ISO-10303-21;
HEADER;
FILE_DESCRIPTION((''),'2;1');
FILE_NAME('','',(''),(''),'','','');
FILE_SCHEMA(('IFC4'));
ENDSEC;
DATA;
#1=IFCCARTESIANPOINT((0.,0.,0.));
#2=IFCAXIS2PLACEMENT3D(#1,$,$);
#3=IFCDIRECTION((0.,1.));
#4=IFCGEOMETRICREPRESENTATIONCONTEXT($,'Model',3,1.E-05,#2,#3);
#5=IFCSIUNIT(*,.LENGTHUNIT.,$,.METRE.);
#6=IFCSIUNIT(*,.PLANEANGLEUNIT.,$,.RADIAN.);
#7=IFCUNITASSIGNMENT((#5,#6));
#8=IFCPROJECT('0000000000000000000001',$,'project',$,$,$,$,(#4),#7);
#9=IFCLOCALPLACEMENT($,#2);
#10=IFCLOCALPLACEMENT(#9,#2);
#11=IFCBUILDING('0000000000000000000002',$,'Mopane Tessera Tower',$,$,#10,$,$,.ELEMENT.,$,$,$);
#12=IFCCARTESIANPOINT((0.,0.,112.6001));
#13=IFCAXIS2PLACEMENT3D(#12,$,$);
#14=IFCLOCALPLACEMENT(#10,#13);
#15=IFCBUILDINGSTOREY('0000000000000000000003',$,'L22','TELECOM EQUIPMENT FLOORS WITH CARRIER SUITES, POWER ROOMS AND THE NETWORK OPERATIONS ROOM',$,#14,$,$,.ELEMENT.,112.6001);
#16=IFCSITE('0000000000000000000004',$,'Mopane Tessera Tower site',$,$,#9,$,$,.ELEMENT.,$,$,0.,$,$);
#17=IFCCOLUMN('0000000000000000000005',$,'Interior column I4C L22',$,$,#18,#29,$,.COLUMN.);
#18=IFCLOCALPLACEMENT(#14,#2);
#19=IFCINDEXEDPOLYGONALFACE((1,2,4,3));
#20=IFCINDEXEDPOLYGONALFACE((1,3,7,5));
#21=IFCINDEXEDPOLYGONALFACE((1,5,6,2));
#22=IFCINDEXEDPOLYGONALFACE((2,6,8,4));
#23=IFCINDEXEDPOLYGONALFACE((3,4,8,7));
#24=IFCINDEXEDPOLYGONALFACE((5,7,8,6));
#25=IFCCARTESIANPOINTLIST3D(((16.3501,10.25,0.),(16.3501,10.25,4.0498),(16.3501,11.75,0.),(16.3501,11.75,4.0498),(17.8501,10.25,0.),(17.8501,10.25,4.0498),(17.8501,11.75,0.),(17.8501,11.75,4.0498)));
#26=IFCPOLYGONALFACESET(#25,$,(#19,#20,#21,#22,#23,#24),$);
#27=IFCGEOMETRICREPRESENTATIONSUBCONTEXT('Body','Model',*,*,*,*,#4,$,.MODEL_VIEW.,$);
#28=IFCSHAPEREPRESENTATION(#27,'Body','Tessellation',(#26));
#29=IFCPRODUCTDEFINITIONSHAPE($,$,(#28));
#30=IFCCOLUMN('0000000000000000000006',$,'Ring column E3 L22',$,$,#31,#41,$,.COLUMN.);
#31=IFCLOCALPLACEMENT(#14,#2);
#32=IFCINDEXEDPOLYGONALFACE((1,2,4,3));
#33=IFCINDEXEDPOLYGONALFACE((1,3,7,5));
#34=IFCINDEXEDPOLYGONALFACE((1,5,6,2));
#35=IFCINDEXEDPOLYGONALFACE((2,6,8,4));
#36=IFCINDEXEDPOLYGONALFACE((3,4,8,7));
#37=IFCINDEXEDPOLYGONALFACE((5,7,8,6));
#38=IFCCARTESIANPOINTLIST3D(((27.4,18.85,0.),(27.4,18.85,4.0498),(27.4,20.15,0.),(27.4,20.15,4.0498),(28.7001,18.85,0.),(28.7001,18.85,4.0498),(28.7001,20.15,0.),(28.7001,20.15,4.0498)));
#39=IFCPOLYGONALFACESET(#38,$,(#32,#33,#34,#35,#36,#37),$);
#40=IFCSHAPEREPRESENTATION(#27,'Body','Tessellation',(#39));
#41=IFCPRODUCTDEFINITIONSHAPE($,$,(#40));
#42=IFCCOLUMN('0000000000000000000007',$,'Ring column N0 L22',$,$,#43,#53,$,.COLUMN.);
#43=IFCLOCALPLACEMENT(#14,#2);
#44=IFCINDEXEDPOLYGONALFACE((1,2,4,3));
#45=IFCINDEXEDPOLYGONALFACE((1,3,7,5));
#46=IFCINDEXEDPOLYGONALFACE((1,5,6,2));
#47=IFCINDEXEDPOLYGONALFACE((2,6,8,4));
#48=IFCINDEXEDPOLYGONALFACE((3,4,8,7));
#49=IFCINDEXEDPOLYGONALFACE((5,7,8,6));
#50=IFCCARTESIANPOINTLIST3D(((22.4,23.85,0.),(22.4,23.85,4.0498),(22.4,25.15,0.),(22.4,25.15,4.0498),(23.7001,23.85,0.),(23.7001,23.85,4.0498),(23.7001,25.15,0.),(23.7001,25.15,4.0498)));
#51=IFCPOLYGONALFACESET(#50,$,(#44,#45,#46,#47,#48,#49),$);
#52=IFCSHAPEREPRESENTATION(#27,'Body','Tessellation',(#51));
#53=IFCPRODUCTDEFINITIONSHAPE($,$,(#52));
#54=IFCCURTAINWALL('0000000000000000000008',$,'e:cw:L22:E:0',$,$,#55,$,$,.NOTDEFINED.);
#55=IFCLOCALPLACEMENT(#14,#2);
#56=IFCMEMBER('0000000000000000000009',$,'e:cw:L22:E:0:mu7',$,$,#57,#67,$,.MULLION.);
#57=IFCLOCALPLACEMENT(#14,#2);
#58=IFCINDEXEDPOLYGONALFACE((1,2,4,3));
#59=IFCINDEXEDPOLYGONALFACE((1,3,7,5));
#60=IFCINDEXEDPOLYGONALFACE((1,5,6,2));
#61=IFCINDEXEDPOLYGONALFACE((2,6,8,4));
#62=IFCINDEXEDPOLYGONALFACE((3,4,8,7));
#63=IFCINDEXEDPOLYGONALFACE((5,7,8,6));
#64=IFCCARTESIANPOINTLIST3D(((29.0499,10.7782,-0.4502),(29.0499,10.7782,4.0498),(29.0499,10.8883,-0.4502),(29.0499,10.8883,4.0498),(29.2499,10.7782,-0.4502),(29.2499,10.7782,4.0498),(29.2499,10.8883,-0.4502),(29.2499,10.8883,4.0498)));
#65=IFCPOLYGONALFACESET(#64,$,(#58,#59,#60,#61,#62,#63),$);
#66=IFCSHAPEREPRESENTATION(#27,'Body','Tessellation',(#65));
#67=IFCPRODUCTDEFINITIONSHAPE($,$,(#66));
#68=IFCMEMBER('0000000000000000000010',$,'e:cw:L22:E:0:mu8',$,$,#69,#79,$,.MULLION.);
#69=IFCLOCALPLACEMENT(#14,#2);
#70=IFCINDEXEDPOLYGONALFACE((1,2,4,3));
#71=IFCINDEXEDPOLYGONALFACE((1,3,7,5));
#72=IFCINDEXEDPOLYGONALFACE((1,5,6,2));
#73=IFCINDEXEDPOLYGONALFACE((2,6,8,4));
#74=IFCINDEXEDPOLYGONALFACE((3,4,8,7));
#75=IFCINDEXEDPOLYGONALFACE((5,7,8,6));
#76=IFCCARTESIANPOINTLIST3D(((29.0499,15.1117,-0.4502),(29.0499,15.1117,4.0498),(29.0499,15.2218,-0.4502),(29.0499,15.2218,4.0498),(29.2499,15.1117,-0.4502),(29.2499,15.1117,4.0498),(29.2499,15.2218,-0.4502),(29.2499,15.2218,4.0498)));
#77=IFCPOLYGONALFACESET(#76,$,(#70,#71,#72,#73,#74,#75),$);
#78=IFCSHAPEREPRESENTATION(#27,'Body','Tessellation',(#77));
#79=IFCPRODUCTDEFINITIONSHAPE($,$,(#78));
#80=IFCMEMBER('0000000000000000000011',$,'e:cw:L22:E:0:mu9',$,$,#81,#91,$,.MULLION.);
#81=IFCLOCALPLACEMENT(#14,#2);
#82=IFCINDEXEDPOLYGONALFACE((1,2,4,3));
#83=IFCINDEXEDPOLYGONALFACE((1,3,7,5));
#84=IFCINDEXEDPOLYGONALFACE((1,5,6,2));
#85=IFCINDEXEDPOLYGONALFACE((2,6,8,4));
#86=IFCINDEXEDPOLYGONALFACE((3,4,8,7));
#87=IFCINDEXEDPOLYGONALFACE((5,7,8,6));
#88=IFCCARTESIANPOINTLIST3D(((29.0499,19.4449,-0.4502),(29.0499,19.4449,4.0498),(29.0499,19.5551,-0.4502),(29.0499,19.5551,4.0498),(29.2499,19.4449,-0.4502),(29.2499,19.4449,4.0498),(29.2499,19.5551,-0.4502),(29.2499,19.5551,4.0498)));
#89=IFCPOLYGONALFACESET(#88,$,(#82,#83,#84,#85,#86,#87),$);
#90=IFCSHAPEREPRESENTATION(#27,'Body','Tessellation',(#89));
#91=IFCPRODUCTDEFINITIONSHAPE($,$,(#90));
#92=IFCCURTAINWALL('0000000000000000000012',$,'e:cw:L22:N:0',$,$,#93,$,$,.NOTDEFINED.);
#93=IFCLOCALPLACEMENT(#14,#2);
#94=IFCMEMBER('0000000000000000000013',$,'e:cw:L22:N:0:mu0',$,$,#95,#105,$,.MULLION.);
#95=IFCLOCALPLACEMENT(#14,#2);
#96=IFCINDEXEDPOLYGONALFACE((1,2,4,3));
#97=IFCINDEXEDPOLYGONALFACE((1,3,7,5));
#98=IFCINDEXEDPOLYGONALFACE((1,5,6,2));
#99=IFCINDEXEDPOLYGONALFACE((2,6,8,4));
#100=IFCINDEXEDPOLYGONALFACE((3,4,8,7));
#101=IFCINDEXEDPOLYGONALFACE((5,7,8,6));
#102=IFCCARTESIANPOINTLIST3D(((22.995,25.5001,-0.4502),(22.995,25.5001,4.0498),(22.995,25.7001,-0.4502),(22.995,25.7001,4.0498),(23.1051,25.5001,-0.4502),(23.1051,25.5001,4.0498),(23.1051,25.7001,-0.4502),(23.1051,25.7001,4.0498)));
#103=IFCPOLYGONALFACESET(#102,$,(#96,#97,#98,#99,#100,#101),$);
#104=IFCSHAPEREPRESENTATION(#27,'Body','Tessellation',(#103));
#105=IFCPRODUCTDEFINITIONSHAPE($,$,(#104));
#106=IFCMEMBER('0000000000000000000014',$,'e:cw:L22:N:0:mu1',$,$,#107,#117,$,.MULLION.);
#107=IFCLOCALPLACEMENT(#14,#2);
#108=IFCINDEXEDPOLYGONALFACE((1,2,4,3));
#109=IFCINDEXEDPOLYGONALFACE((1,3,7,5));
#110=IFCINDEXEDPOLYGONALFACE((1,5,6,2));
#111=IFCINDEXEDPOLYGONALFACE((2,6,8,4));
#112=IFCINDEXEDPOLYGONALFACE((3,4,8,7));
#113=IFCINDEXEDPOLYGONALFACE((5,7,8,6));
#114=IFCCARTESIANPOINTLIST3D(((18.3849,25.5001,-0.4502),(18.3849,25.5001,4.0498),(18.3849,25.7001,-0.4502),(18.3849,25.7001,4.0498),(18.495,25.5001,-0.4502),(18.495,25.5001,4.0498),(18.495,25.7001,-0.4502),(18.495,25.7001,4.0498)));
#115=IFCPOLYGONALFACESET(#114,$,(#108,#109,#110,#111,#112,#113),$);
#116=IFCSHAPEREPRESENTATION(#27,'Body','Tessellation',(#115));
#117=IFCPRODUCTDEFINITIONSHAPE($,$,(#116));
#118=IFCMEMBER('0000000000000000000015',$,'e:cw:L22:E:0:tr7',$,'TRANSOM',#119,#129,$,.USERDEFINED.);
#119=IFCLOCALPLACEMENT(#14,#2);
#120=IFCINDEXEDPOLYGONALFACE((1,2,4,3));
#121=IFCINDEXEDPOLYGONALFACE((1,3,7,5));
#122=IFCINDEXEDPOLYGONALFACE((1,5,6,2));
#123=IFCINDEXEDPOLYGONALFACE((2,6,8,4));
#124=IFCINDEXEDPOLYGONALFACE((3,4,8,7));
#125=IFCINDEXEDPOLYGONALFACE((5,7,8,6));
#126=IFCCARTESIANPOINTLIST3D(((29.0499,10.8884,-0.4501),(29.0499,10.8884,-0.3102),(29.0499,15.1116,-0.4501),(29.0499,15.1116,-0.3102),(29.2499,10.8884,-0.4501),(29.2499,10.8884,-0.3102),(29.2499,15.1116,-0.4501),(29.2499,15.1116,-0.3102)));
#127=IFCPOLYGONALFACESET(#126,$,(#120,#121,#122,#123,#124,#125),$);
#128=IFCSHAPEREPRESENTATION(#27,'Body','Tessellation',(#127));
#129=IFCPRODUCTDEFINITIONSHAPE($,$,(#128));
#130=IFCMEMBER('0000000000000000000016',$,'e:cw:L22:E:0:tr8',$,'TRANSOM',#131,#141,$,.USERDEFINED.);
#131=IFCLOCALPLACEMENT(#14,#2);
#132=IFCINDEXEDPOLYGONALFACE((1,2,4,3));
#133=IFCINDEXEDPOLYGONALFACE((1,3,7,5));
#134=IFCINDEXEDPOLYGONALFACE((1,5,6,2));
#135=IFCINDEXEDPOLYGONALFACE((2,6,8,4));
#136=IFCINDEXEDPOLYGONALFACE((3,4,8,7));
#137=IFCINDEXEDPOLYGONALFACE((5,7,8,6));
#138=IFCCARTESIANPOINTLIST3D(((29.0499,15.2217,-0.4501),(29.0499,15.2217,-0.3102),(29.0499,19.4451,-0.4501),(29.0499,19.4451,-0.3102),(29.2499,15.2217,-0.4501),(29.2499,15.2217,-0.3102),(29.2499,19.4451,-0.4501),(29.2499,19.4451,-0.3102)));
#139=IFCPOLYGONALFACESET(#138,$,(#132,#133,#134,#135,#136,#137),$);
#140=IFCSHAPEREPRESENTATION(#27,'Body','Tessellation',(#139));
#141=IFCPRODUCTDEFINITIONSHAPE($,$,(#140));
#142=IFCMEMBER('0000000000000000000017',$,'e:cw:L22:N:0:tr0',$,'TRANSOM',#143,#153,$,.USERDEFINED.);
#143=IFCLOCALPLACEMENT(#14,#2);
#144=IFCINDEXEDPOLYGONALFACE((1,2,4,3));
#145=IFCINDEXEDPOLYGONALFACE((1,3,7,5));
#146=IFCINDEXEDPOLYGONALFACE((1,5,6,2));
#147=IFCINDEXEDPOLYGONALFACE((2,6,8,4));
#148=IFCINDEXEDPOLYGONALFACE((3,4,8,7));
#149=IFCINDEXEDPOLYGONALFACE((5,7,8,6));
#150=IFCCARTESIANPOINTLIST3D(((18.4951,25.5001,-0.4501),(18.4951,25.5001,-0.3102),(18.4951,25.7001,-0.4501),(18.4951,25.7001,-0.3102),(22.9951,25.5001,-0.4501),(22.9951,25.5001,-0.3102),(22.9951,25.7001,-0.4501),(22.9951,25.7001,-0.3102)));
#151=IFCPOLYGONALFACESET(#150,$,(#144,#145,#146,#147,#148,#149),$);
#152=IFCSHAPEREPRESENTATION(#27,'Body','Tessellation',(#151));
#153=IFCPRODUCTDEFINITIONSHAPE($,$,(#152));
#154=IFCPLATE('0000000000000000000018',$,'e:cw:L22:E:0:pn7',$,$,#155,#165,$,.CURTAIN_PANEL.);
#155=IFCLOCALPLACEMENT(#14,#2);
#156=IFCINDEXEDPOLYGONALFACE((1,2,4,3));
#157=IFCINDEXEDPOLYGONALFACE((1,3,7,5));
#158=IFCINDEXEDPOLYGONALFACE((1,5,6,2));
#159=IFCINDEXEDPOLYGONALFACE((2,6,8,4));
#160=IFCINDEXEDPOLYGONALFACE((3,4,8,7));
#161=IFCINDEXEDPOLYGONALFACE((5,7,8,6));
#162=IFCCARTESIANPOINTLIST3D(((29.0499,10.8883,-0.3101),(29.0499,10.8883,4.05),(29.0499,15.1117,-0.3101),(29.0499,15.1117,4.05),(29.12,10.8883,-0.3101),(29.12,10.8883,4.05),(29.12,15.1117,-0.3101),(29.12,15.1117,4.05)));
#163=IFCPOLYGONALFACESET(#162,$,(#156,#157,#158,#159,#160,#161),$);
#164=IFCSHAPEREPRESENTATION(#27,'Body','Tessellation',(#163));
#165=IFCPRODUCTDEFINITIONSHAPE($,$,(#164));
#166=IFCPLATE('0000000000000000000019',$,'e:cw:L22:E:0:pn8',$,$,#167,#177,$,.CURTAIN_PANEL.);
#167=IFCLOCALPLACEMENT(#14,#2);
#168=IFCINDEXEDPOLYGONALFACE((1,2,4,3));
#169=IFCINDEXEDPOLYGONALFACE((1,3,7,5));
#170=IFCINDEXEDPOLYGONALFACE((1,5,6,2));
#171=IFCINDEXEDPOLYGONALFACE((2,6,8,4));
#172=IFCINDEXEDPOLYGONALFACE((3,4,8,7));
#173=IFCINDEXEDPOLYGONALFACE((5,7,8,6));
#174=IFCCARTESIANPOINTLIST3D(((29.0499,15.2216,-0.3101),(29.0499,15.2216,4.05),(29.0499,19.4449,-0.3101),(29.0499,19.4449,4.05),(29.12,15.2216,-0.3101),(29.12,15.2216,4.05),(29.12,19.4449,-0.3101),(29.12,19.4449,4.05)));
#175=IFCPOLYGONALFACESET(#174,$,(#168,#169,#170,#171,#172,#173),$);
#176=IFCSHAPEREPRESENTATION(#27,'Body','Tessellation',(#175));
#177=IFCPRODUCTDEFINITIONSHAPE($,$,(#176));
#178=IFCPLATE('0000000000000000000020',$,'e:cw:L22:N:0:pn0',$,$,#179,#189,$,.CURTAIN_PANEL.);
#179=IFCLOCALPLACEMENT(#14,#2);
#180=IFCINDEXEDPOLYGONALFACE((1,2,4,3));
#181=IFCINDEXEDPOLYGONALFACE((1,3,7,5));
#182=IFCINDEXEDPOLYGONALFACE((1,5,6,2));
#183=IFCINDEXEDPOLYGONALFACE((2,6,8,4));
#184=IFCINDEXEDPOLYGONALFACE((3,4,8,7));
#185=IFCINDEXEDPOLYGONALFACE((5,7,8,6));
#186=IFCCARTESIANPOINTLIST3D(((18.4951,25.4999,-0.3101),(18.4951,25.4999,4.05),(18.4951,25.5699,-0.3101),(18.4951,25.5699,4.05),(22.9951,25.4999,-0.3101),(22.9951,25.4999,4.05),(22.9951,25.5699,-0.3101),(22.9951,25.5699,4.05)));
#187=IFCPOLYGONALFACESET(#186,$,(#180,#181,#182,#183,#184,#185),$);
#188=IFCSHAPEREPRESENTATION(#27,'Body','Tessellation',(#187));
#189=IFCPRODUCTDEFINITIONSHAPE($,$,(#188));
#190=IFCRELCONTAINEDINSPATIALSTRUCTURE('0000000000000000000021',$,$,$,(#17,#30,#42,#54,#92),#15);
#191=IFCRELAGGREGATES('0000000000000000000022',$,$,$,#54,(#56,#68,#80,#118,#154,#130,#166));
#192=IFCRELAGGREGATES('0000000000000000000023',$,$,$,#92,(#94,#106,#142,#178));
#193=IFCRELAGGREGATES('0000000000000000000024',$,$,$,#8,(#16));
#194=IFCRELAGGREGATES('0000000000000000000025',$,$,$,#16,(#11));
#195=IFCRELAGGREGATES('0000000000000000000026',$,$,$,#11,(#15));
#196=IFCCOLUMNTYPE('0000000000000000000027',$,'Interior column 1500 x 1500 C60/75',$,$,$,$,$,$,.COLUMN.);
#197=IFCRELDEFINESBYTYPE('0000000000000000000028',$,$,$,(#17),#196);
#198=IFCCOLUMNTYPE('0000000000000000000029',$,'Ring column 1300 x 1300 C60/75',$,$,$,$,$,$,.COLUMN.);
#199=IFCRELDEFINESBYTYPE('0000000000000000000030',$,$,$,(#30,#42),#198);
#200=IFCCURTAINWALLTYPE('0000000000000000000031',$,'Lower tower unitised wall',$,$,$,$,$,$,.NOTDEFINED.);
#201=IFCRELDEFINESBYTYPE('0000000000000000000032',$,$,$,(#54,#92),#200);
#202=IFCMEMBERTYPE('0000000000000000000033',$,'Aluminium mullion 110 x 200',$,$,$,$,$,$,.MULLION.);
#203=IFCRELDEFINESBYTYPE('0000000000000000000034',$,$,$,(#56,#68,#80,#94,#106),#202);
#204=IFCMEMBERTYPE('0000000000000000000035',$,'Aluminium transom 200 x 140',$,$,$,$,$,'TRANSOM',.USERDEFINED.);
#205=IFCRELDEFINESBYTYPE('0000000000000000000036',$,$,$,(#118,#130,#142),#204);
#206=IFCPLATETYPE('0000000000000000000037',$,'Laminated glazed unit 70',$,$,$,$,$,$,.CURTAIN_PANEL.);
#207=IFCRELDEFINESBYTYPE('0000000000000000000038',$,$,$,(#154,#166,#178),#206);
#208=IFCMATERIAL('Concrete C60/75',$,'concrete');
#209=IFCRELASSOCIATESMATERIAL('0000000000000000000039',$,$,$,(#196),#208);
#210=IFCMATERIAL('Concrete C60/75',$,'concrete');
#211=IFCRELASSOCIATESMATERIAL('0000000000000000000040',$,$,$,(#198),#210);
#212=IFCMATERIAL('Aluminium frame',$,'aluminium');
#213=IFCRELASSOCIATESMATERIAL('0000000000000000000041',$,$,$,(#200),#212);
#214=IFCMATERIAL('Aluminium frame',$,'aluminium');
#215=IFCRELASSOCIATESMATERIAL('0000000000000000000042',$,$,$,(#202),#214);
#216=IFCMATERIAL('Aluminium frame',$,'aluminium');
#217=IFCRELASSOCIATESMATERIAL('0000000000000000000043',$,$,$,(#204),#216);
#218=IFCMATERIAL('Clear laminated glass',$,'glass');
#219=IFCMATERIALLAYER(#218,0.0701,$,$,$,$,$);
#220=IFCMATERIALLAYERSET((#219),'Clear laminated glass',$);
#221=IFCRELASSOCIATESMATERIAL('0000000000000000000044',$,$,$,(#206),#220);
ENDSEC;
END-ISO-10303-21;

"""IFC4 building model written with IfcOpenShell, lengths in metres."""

from ifc_helpers import new_model, si_unit, direction, frame, origin, origin_2d, place, context, subcontext, project, spatial, rectangle, extrude, material, layer, layer_set, material_profile, profile_set, type_object, element, aggregate, save


model = new_model("IFC4")

# Units and contexts
model_context = context("Model", 3, precision=1e-05, world=origin(), true_north=direction((0.0, 1.0)))
body_context = subcontext(model_context, "Body", "Model", "MODEL_VIEW")
ifc_project = project(units=[si_unit("LENGTHUNIT", "METRE"), si_unit("PLANEANGLEUNIT", "RADIAN")], contexts=[model_context])

# Site, building, storey
site_placement = place(None, origin())
site = spatial("IfcSite", under=ifc_project, at=site_placement, Name="Mopane Tessera Tower site", CompositionType="ELEMENT", RefElevation=0.0)
building_placement = place(site_placement, origin())
building = spatial("IfcBuilding", under=site, at=building_placement, Name="Mopane Tessera Tower", CompositionType="ELEMENT")
storey_placement = place(building_placement, frame((0.0, 0.0, 112.6001)))
storey = spatial("IfcBuildingStorey", under=building, at=storey_placement, Name="L22", Description="TELECOM EQUIPMENT FLOORS WITH CARRIER SUITES, POWER ROOMS AND THE NETWORK OPERATIONS ROOM", CompositionType="ELEMENT", Elevation=112.6001)

# Columns
ifc_material_1 = material(Name="Concrete C60/75", Category="concrete")
ifc_material_profile_1 = material_profile(ifc_material_1, rectangle(XDim=1.5, YDim=1.5, at=origin_2d()))
ifc_profile_set_1 = profile_set([ifc_material_profile_1], Name="Concrete C60/75")
column_type_1 = type_object("IfcColumnType", Name="Interior column 1500 x 1500 C60/75", PredefinedType="COLUMN", material=ifc_profile_set_1)
column_placement = place(storey_placement, frame((17.1001, 11.0, 0.0), z_axis=(0.0, 0.0, 1.0), x_axis=(1.0, 0.0, 0.0)))
element("IfcColumn", 1, at=column_placement, inside=storey, type_object=column_type_1, Name="Interior column I4C L22", PredefinedType="COLUMN", context=body_context, shape_type="SweptSolid", body=[
    extrude(rectangle(XDim=1.5, YDim=1.5, at=origin_2d()), origin(), (0.0, 0.0, 1.0), 4.0498),
])
ifc_material_2 = material(Name="Concrete C60/75", Category="concrete")
ifc_material_profile_2 = material_profile(ifc_material_2, rectangle(XDim=1.3, YDim=1.3, at=origin_2d()))
ifc_profile_set_2 = profile_set([ifc_material_profile_2], Name="Concrete C60/75")
column_type_2 = type_object("IfcColumnType", Name="Ring column 1300 x 1300 C60/75", PredefinedType="COLUMN", material=ifc_profile_set_2)
for number, where, z_axis, x_axis, name in (
    (2, (28.05, 19.5, 0.0), (0.0, 0.0, 1.0), (1.0, 0.0, 0.0), "Ring column E3 L22"),
    (3, (23.05, 24.5, 0.0), (0.0, 0.0, 1.0), (1.0, 0.0, 0.0), "Ring column N0 L22"),
):
    element("IfcColumn", number, at=place(storey_placement, frame(where, z_axis=z_axis, x_axis=x_axis)), inside=storey, type_object=column_type_2, Name=name, PredefinedType="COLUMN", context=body_context, shape_type="SweptSolid", body=[
        extrude(rectangle(XDim=1.3, YDim=1.3, at=origin_2d()), origin(), (0.0, 0.0, 1.0), 4.0498),
    ])

# Curtain walls, members
ifc_material_3 = material(Name="Aluminium frame", Category="aluminium")
curtain_wall_type = type_object("IfcCurtainWallType", Name="Lower tower unitised wall", PredefinedType="NOTDEFINED", material=ifc_material_3)
curtain_wall_1_placement = place(storey_placement, origin())
curtain_wall_1 = element("IfcCurtainWall", 4, at=curtain_wall_1_placement, inside=storey, type_object=curtain_wall_type, Name="e:cw:L22:E:0", PredefinedType="NOTDEFINED")
ifc_material_4 = material(Name="Aluminium frame", Category="aluminium")
ifc_material_profile_3 = material_profile(ifc_material_4, rectangle(XDim=0.1101, YDim=0.2, at=origin_2d()))
ifc_profile_set_3 = profile_set([ifc_material_profile_3], Name="Aluminium frame")
member_type_1 = type_object("IfcMemberType", Name="Aluminium mullion 110 x 200", PredefinedType="MULLION", material=ifc_profile_set_3)
member_1_placement = place(storey_placement, frame((29.1499, 10.8333, -0.4502), z_axis=(0.0, 0.0, 1.0), x_axis=(0.0, 1.0, 0.0)))
member_1 = element("IfcMember", 5, at=member_1_placement, type_object=member_type_1, Name="e:cw:L22:E:0:mu7", PredefinedType="MULLION", context=body_context, shape_type="SweptSolid", body=[
    extrude(rectangle(XDim=0.1101, YDim=0.2, at=origin_2d()), origin(), (0.0, 0.0, 1.0), 4.5),
])
member_2_placement = place(storey_placement, frame((29.1499, 15.1667, -0.4502), z_axis=(0.0, 0.0, 1.0), x_axis=(0.0, 1.0, 0.0)))
member_2 = element("IfcMember", 6, at=member_2_placement, type_object=member_type_1, Name="e:cw:L22:E:0:mu8", PredefinedType="MULLION", context=body_context, shape_type="SweptSolid", body=[
    extrude(rectangle(XDim=0.1101, YDim=0.2, at=origin_2d()), origin(), (0.0, 0.0, 1.0), 4.5),
])
member_3_placement = place(storey_placement, frame((29.1499, 19.5, -0.4502), z_axis=(0.0, 0.0, 1.0), x_axis=(0.0, 1.0, 0.0)))
member_3 = element("IfcMember", 7, at=member_3_placement, type_object=member_type_1, Name="e:cw:L22:E:0:mu9", PredefinedType="MULLION", context=body_context, shape_type="SweptSolid", body=[
    extrude(rectangle(XDim=0.1101, YDim=0.2, at=origin_2d()), origin(), (0.0, 0.0, 1.0), 4.5),
])
curtain_wall_2_placement = place(storey_placement, origin())
curtain_wall_2 = element("IfcCurtainWall", 8, at=curtain_wall_2_placement, inside=storey, type_object=curtain_wall_type, Name="e:cw:L22:N:0", PredefinedType="NOTDEFINED")
member_4_placement = place(storey_placement, frame((23.05, 25.6001, -0.4502), z_axis=(0.0, 0.0, 1.0), x_axis=(-1.0, 0.0, 0.0)))
member_4 = element("IfcMember", 9, at=member_4_placement, type_object=member_type_1, Name="e:cw:L22:N:0:mu0", PredefinedType="MULLION", context=body_context, shape_type="SweptSolid", body=[
    extrude(rectangle(XDim=0.1101, YDim=0.2, at=origin_2d()), origin(), (0.0, 0.0, 1.0), 4.5),
])
member_5_placement = place(storey_placement, frame((18.4399, 25.6001, -0.4502), z_axis=(0.0, 0.0, 1.0), x_axis=(-1.0, 0.0, 0.0)))
member_5 = element("IfcMember", 10, at=member_5_placement, type_object=member_type_1, Name="e:cw:L22:N:0:mu1", PredefinedType="MULLION", context=body_context, shape_type="SweptSolid", body=[
    extrude(rectangle(XDim=0.1101, YDim=0.2, at=origin_2d()), origin(), (0.0, 0.0, 1.0), 4.5),
])

# Members
ifc_material_5 = material(Name="Aluminium frame", Category="aluminium")
ifc_material_profile_4 = material_profile(ifc_material_5, rectangle(XDim=0.2, YDim=0.1399, at=origin_2d()))
ifc_profile_set_4 = profile_set([ifc_material_profile_4], Name="Aluminium frame")
member_type_2 = type_object("IfcMemberType", Name="Aluminium transom 200 x 140", ElementType="TRANSOM", PredefinedType="USERDEFINED", material=ifc_profile_set_4)
member_6_placement = place(storey_placement, frame((29.1499, 10.8884, -0.3801), z_axis=(0.0, 1.0, 0.0), x_axis=(-1.0, 0.0, 0.0)))
member_6 = element("IfcMember", 11, at=member_6_placement, type_object=member_type_2, Name="e:cw:L22:E:0:tr7", ObjectType="TRANSOM", PredefinedType="USERDEFINED", context=body_context, shape_type="SweptSolid", body=[
    extrude(rectangle(XDim=0.2, YDim=0.1399, at=origin_2d()), origin(), (0.0, 0.0, 1.0), 4.2231),
])
member_7_placement = place(storey_placement, frame((29.1499, 15.2217, -0.3801), z_axis=(0.0, 1.0, 0.0), x_axis=(-1.0, 0.0, 0.0)))
member_7 = element("IfcMember", 12, at=member_7_placement, type_object=member_type_2, Name="e:cw:L22:E:0:tr8", ObjectType="TRANSOM", PredefinedType="USERDEFINED", context=body_context, shape_type="SweptSolid", body=[
    extrude(rectangle(XDim=0.2, YDim=0.1399, at=origin_2d()), origin(), (0.0, 0.0, 1.0), 4.2234),
])
member_8_placement = place(storey_placement, frame((22.9951, 25.6001, -0.3801), z_axis=(-1.0, 0.0, 0.0), x_axis=(0.0, -1.0, 0.0)))
member_8 = element("IfcMember", 13, at=member_8_placement, type_object=member_type_2, Name="e:cw:L22:N:0:tr0", ObjectType="TRANSOM", PredefinedType="USERDEFINED", context=body_context, shape_type="SweptSolid", body=[
    extrude(rectangle(XDim=0.2, YDim=0.1399, at=origin_2d()), origin(), (0.0, 0.0, 1.0), 4.5),
])

# Plates
ifc_material_6 = material(Name="Clear laminated glass", Category="glass")
ifc_layer_1 = layer(ifc_material_6, 0.0701)
ifc_layer_set_1 = layer_set([ifc_layer_1], Name="Clear laminated glass")
plate_type = type_object("IfcPlateType", Name="Laminated glazed unit 70", PredefinedType="CURTAIN_PANEL", material=ifc_layer_set_1)
plate_1_placement = place(storey_placement, frame((29.085, 13.0, -0.3101), z_axis=(0.0, 0.0, 1.0), x_axis=(0.0, 1.0, 0.0)))
plate_1 = element("IfcPlate", 14, at=plate_1_placement, type_object=plate_type, Name="e:cw:L22:E:0:pn7", PredefinedType="CURTAIN_PANEL", context=body_context, shape_type="SweptSolid", body=[
    extrude(rectangle(XDim=4.2234, YDim=0.0701, at=origin_2d()), origin(), (0.0, 0.0, 1.0), 4.3601),
])
plate_2_placement = place(storey_placement, frame((29.085, 17.3333, -0.3101), z_axis=(0.0, 0.0, 1.0), x_axis=(0.0, 1.0, 0.0)))
plate_2 = element("IfcPlate", 15, at=plate_2_placement, type_object=plate_type, Name="e:cw:L22:E:0:pn8", PredefinedType="CURTAIN_PANEL", context=body_context, shape_type="SweptSolid", body=[
    extrude(rectangle(XDim=4.2234, YDim=0.0701, at=origin_2d()), origin(), (0.0, 0.0, 1.0), 4.3601),
])
aggregate(curtain_wall_1, [member_1, member_2, member_3, member_6, plate_1, member_7, plate_2])
plate_3_placement = place(storey_placement, frame((20.7451, 25.5349, -0.3101), z_axis=(0.0, 0.0, 1.0), x_axis=(-1.0, 0.0, 0.0)))
plate_3 = element("IfcPlate", 16, at=plate_3_placement, type_object=plate_type, Name="e:cw:L22:N:0:pn0", PredefinedType="CURTAIN_PANEL", context=body_context, shape_type="SweptSolid", body=[
    extrude(rectangle(XDim=4.5, YDim=0.0701, at=origin_2d()), origin(), (0.0, 0.0, 1.0), 4.3601),
])
aggregate(curtain_wall_2, [member_4, member_5, member_8, plate_3])

save(model, "model.ifc")
